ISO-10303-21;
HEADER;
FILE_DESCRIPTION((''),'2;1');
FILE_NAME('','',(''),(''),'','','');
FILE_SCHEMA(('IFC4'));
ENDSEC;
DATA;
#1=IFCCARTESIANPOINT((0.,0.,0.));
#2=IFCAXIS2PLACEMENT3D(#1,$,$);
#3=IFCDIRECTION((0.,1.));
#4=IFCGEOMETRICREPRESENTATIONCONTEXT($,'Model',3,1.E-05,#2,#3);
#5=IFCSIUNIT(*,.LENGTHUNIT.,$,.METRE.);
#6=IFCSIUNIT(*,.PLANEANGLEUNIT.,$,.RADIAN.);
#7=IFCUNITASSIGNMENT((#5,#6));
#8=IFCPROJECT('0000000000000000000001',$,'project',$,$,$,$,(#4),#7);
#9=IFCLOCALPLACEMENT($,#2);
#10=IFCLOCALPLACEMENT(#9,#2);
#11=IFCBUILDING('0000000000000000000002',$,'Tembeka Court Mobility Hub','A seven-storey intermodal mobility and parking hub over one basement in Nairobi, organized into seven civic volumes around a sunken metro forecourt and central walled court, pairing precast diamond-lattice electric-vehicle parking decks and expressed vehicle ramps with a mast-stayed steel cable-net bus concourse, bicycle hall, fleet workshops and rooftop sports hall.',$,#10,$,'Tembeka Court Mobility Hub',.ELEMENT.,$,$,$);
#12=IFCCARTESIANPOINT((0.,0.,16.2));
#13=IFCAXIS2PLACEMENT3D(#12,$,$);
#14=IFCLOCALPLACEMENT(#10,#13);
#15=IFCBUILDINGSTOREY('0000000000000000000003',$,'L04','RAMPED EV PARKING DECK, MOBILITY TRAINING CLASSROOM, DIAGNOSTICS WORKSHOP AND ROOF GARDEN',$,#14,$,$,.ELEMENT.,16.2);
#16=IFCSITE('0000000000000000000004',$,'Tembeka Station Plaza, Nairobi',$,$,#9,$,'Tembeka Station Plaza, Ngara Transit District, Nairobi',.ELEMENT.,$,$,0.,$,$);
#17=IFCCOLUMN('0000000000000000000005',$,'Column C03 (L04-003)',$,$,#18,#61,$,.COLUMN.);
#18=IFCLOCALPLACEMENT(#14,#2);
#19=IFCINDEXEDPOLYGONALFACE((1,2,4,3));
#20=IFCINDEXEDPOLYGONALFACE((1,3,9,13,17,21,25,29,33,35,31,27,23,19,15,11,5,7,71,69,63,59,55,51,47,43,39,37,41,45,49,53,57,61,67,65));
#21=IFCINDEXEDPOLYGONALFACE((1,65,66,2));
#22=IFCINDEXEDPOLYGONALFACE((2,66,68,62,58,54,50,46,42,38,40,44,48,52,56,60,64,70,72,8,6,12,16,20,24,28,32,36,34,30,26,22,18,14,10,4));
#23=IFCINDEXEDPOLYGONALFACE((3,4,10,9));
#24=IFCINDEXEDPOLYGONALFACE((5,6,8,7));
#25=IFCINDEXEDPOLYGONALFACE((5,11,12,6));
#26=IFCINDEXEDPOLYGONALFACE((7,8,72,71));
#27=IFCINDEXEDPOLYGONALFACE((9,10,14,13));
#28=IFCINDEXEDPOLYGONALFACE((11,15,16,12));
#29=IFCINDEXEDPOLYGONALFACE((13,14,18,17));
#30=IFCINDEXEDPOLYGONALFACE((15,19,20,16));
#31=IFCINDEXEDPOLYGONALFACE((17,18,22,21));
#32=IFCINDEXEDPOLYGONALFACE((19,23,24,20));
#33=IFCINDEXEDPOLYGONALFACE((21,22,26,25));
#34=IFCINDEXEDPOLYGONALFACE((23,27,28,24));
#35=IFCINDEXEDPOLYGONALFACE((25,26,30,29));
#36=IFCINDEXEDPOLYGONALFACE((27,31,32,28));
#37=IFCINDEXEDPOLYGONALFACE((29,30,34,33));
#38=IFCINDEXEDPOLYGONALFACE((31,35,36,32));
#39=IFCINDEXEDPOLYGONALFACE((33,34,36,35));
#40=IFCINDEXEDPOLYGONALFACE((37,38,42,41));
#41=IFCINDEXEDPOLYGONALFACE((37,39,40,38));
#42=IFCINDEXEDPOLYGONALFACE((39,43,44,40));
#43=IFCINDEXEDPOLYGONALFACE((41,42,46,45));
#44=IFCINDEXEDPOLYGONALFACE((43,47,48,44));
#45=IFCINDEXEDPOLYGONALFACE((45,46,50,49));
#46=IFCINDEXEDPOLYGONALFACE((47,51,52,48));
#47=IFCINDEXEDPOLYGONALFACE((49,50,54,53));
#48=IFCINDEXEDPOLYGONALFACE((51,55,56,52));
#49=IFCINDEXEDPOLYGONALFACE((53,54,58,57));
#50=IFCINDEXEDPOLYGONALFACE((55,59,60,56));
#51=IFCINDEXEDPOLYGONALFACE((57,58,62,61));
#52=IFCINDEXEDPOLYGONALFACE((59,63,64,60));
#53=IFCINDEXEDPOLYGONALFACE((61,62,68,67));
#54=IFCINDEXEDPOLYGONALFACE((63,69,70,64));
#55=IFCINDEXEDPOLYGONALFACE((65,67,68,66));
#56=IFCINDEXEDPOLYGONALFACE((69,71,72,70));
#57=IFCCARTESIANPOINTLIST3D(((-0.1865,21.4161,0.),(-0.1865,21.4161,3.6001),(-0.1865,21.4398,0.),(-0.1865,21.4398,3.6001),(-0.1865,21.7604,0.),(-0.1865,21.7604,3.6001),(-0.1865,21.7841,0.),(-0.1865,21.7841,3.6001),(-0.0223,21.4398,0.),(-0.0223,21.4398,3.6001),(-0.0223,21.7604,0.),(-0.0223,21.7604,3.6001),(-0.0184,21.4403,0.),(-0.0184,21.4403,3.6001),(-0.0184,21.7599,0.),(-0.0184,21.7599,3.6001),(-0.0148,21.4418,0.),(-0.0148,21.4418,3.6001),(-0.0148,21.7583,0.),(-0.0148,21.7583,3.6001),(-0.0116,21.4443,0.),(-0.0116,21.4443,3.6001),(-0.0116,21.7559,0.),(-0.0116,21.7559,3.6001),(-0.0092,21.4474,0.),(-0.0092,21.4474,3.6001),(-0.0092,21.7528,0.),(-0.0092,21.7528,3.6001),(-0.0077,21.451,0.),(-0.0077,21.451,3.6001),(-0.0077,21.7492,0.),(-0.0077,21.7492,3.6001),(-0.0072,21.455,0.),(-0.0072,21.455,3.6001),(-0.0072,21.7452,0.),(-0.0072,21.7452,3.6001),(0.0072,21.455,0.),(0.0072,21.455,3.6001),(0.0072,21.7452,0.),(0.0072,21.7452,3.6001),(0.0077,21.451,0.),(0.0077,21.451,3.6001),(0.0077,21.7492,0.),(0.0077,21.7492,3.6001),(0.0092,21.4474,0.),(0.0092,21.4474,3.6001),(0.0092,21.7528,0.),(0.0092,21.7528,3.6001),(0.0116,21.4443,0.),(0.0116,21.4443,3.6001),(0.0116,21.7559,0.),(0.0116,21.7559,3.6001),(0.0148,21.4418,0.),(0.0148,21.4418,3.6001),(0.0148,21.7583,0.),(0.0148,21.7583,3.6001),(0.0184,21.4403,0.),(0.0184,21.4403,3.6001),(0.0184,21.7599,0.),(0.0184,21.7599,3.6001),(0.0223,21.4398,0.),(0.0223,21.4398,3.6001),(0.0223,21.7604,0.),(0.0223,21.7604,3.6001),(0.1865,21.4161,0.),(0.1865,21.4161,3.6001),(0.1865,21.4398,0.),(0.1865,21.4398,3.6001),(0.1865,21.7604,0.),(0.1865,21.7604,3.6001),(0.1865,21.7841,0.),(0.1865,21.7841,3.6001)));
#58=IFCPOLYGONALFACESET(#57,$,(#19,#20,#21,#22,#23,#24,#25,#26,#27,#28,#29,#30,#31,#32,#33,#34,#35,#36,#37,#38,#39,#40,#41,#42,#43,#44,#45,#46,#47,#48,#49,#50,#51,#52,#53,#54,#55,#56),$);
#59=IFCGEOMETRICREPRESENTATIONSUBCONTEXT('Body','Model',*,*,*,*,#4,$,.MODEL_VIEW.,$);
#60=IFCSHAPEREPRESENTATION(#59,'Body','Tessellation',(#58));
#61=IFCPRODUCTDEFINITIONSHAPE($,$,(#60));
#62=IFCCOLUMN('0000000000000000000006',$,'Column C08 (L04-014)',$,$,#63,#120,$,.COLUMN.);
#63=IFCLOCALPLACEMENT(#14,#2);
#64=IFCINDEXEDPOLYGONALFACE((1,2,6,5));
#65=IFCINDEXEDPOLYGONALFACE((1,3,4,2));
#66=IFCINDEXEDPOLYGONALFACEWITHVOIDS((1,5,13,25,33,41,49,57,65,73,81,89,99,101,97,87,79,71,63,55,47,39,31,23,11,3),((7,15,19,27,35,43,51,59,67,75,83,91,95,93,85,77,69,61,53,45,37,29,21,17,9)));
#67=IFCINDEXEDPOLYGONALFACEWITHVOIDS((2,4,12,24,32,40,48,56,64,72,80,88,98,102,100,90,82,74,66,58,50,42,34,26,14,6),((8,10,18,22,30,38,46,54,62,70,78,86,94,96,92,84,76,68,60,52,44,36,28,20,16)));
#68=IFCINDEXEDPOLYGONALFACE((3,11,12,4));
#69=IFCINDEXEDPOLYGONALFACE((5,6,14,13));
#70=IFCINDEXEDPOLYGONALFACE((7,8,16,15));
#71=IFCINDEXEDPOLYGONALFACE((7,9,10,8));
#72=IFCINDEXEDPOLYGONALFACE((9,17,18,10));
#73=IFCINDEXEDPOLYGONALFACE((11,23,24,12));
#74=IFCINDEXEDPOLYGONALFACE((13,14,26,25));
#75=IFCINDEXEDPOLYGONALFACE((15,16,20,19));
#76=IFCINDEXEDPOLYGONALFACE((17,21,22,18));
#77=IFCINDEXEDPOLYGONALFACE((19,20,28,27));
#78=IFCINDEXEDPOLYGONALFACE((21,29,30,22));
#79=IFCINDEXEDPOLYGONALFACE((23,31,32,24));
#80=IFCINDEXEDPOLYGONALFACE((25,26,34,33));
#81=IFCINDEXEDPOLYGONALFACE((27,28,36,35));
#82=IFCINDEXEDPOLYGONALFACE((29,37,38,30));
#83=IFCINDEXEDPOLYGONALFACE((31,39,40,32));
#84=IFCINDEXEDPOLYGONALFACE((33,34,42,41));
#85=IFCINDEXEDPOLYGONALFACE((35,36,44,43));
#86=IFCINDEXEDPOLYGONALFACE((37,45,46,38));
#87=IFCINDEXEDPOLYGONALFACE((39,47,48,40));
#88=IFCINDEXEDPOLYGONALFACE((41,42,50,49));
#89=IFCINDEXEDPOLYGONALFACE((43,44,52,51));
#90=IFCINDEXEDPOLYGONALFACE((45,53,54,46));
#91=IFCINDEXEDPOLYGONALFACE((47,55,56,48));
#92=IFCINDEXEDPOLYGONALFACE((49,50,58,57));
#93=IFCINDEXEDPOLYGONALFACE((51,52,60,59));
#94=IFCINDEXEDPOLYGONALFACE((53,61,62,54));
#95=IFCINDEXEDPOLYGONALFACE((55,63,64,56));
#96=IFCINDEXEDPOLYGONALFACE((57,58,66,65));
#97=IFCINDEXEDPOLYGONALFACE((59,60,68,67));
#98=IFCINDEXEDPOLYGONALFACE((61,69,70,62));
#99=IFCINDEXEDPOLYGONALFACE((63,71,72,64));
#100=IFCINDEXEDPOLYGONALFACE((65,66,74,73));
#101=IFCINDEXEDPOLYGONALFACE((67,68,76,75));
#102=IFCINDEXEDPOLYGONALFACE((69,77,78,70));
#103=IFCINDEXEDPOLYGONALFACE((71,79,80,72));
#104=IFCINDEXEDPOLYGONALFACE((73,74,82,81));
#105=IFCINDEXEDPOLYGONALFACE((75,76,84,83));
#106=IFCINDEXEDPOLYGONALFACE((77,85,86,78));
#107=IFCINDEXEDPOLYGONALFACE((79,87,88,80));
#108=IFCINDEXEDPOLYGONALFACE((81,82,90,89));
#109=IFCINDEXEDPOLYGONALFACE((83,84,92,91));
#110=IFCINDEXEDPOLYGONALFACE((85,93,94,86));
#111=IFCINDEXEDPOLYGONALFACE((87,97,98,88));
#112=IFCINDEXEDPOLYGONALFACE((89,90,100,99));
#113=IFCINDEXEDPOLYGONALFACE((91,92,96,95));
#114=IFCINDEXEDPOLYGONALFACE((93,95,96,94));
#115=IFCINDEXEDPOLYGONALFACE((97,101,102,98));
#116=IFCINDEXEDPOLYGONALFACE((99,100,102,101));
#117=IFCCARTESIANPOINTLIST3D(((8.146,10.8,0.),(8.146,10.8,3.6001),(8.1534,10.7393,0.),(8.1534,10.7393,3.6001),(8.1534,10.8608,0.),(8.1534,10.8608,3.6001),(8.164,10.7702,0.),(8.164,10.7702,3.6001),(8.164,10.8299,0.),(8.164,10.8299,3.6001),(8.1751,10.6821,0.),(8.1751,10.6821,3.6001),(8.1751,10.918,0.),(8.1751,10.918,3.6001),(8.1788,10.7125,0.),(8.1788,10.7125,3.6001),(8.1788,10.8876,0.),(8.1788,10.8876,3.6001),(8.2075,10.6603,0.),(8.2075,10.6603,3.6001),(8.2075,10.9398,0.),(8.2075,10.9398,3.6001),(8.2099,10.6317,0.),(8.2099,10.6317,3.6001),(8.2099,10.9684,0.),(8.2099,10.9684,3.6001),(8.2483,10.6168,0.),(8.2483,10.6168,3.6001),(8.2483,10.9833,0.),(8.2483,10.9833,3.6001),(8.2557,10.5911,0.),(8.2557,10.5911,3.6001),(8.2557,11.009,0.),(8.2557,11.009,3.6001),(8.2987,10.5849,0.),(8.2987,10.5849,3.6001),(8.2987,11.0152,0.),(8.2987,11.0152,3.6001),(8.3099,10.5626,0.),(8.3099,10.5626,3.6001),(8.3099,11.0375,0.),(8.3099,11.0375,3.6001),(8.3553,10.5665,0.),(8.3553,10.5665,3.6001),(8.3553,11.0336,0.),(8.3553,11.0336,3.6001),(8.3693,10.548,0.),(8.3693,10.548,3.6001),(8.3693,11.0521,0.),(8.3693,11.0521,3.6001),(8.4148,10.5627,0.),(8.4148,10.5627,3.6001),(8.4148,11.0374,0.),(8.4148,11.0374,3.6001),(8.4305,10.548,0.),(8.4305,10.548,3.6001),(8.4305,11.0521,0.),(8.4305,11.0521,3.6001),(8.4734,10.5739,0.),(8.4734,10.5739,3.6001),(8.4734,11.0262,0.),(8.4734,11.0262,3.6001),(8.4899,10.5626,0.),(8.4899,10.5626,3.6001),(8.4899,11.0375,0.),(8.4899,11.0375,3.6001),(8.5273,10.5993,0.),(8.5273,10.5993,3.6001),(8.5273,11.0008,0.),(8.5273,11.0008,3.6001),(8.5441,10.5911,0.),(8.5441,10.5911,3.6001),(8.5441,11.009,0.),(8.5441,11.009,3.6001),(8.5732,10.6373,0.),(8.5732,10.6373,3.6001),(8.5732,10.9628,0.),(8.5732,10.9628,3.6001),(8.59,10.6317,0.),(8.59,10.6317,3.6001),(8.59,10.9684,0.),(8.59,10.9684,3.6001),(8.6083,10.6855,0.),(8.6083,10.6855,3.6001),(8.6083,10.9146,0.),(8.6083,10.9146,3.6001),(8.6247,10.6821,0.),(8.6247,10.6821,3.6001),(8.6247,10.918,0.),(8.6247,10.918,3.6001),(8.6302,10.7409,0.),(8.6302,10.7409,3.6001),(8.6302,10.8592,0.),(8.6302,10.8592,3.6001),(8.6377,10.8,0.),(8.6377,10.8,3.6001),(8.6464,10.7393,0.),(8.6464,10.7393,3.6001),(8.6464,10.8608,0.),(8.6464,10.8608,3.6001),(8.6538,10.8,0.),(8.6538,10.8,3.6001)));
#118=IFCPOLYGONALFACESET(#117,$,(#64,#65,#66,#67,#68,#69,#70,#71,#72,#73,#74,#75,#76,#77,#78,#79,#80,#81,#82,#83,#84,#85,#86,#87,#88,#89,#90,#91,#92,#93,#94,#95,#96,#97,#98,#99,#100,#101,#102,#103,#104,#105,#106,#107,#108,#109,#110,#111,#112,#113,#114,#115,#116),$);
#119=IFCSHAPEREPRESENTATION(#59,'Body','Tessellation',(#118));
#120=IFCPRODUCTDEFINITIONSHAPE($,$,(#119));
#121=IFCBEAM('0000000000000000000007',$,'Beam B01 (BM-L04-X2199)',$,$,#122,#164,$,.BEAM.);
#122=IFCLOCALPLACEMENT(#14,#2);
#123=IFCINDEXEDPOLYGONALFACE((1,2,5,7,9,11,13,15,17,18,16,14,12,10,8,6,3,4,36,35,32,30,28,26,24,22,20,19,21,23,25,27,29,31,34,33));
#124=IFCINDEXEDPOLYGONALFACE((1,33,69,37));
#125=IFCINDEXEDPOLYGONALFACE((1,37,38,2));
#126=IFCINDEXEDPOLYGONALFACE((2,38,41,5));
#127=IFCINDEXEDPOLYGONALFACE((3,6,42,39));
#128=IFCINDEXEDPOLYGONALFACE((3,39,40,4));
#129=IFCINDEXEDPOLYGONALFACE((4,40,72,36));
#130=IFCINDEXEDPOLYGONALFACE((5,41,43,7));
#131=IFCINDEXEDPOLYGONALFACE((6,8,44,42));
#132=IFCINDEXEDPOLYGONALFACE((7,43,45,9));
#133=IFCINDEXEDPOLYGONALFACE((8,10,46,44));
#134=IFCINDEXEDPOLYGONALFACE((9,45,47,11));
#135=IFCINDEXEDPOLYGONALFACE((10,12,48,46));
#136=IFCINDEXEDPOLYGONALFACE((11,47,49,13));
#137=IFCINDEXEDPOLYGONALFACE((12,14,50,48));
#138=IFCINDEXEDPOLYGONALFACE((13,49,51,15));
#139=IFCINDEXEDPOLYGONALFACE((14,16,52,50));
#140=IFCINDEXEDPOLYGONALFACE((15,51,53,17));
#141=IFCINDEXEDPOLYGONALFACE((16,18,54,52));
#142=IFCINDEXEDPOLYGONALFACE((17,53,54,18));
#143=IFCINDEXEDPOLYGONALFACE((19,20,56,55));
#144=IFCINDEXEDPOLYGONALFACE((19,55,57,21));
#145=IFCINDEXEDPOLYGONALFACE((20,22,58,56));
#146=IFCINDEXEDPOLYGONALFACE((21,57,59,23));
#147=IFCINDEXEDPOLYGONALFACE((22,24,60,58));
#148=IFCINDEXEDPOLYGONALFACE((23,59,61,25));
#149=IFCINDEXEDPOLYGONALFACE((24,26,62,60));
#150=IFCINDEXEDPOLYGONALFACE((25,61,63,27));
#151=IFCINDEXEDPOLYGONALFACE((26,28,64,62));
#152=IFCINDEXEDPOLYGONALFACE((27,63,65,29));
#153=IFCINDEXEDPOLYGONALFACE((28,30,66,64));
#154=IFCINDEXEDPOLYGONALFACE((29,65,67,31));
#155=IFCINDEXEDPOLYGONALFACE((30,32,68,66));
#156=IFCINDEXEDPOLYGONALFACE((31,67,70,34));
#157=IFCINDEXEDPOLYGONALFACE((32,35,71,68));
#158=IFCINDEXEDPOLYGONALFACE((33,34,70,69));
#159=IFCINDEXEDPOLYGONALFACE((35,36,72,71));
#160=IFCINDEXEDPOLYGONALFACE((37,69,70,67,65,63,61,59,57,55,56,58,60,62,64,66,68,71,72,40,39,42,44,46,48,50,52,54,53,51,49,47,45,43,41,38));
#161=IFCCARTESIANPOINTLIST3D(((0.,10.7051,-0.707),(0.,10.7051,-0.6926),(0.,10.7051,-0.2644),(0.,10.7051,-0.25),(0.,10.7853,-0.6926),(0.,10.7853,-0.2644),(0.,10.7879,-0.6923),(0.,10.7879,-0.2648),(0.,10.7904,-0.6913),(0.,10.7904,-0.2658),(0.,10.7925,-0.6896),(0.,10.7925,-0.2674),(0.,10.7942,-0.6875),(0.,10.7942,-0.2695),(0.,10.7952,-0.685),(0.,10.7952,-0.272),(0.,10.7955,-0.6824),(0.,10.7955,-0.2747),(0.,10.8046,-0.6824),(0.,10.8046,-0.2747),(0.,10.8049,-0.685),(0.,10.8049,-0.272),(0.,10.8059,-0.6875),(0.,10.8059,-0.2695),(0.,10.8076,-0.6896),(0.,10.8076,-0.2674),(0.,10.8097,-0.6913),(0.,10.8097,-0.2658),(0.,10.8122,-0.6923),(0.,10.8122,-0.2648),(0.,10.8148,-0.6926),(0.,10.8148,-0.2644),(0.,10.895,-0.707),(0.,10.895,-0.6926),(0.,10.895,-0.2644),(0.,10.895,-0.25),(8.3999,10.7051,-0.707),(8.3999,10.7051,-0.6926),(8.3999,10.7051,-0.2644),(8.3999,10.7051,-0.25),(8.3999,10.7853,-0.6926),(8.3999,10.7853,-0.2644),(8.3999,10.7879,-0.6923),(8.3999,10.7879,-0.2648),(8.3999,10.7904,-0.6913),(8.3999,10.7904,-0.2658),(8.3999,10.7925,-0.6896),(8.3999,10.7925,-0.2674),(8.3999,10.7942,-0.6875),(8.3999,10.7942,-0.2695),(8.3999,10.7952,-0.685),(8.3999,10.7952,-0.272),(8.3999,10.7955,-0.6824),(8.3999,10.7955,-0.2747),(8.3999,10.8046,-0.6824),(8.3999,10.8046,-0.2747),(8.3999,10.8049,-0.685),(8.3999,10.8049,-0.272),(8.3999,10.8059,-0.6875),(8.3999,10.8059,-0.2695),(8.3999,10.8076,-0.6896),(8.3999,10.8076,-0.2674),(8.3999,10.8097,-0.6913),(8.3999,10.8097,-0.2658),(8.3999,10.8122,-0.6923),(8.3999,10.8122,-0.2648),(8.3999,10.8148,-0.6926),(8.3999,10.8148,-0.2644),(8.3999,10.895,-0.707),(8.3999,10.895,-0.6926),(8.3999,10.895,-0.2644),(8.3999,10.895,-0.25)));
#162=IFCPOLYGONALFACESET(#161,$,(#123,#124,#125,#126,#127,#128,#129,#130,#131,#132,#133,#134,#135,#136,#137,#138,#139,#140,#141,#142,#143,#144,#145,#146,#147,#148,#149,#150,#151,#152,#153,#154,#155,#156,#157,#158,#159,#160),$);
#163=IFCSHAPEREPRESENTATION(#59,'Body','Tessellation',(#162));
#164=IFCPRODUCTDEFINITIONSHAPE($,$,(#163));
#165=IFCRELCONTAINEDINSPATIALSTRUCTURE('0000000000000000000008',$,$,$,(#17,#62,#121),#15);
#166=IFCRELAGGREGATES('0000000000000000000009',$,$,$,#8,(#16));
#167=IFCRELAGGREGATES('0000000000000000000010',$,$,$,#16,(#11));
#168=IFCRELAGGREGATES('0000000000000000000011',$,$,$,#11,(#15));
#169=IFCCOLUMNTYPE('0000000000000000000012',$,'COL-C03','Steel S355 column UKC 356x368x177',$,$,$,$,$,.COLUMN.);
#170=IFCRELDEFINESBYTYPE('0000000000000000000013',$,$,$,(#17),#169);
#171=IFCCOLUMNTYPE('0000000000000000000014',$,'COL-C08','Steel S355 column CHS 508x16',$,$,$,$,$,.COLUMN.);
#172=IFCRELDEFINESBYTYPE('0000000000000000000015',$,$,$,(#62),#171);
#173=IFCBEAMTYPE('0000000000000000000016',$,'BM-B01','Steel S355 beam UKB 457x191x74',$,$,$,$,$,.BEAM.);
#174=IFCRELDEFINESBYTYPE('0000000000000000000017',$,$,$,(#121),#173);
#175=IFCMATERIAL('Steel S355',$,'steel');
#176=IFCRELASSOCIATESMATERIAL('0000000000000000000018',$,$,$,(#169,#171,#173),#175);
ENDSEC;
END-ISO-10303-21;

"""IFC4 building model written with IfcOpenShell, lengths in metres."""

from ifc_helpers import new_model, si_unit, direction, frame, origin, origin_2d, place, context, subcontext, project, spatial, hollow_circle, i_section, extrude, material, material_profile, profile_set, type_object, element, save


model = new_model("IFC4")

# Units and contexts
model_context = context("Model", 3, precision=1e-05, world=origin(), true_north=direction((0.0, 1.0)))
body_context = subcontext(model_context, "Body", "Model", "MODEL_VIEW")
ifc_project = project(units=[si_unit("LENGTHUNIT", "METRE"), si_unit("PLANEANGLEUNIT", "RADIAN")], contexts=[model_context])

# Site, building, storey
site_placement = place(None, origin())
site = spatial("IfcSite", under=ifc_project, at=site_placement, Name="Tembeka Station Plaza, Nairobi", LongName="Tembeka Station Plaza, Ngara Transit District, Nairobi", CompositionType="ELEMENT", RefElevation=0.0)
building_placement = place(site_placement, origin())
building = spatial("IfcBuilding", under=site, at=building_placement, Name="Tembeka Court Mobility Hub", Description="A seven-storey intermodal mobility and parking hub over one basement in Nairobi, organized into seven civic volumes around a sunken metro forecourt and central walled court, pairing precast diamond-lattice electric-vehicle parking decks and expressed vehicle ramps with a mast-stayed steel cable-net bus concourse, bicycle hall, fleet workshops and rooftop sports hall.", LongName="Tembeka Court Mobility Hub", CompositionType="ELEMENT")
storey_placement = place(building_placement, frame((0.0, 0.0, 16.2)))
storey = spatial("IfcBuildingStorey", under=building, at=storey_placement, Name="L04", Description="RAMPED EV PARKING DECK, MOBILITY TRAINING CLASSROOM, DIAGNOSTICS WORKSHOP AND ROOF GARDEN", CompositionType="ELEMENT", Elevation=16.2)

# Columns
ifc_material_1 = material(Name="Steel S355", Category="steel")
ifc_material_profile_1 = material_profile(ifc_material_1, i_section(OverallWidth=0.373, OverallDepth=0.3679, WebThickness=0.0144, FlangeThickness=0.0237, FilletRadius=0.0151, at=origin_2d()), Name="UKC 356x368x177")
ifc_profile_set_1 = profile_set([ifc_material_profile_1], Name="Steel S355")
column_type_1 = type_object("IfcColumnType", Name="COL-C03", Description="Steel S355 column UKC 356x368x177", PredefinedType="COLUMN", material=ifc_profile_set_1)
column_1_placement = place(storey_placement, frame((0.0, 21.6001, 0.0), z_axis=(0.0, 0.0, 1.0), x_axis=(1.0, 0.0, 0.0)))
element("IfcColumn", 1, at=column_1_placement, inside=storey, type_object=column_type_1, Name="Column C03 (L04-003)", PredefinedType="COLUMN", context=body_context, shape_type="SweptSolid", body=[
    extrude(i_section(OverallWidth=0.373, OverallDepth=0.3679, WebThickness=0.0144, FlangeThickness=0.0237, FilletRadius=0.0151, at=origin_2d()), origin(), (0.0, 0.0, 1.0), 3.6001),
])
ifc_material_profile_2 = material_profile(ifc_material_1, hollow_circle(Radius=0.2539, WallThickness=0.0161, at=origin_2d()), Name="CHS 508x16")
ifc_profile_set_2 = profile_set([ifc_material_profile_2], Name="Steel S355")
column_type_2 = type_object("IfcColumnType", Name="COL-C08", Description="Steel S355 column CHS 508x16", PredefinedType="COLUMN", material=ifc_profile_set_2)
column_2_placement = place(storey_placement, frame((8.3999, 10.8, 0.0), z_axis=(0.0, 0.0, 1.0), x_axis=(1.0, 0.0, 0.0)))
element("IfcColumn", 2, at=column_2_placement, inside=storey, type_object=column_type_2, Name="Column C08 (L04-014)", PredefinedType="COLUMN", context=body_context, shape_type="SweptSolid", body=[
    extrude(hollow_circle(Radius=0.2539, WallThickness=0.0161, at=origin_2d()), origin(), (0.0, 0.0, 1.0), 3.6001),
])

# Beam
ifc_material_profile_3 = material_profile(ifc_material_1, i_section(OverallWidth=0.1899, OverallDepth=0.457, WebThickness=0.009, FlangeThickness=0.0144, FilletRadius=0.0103, at=origin_2d()), Name="UKB 457x191x74")
ifc_profile_set_3 = profile_set([ifc_material_profile_3], Name="Steel S355")
beam_type_1 = type_object("IfcBeamType", Name="BM-B01", Description="Steel S355 beam UKB 457x191x74", PredefinedType="BEAM", material=ifc_profile_set_3)
beam_1_placement = place(storey_placement, frame((0.0, 10.8, -0.4785), z_axis=(1.0, 0.0, 0.0), x_axis=(0.0, 1.0, 0.0)))
element("IfcBeam", 3, at=beam_1_placement, inside=storey, type_object=beam_type_1, Name="Beam B01 (BM-L04-X2199)", PredefinedType="BEAM", context=body_context, shape_type="SweptSolid", body=[
    extrude(i_section(OverallWidth=0.1899, OverallDepth=0.457, WebThickness=0.009, FlangeThickness=0.0144, FilletRadius=0.0103, at=origin_2d()), origin(), (0.0, 0.0, 1.0), 8.3999),
])

save(model, "model.ifc")
